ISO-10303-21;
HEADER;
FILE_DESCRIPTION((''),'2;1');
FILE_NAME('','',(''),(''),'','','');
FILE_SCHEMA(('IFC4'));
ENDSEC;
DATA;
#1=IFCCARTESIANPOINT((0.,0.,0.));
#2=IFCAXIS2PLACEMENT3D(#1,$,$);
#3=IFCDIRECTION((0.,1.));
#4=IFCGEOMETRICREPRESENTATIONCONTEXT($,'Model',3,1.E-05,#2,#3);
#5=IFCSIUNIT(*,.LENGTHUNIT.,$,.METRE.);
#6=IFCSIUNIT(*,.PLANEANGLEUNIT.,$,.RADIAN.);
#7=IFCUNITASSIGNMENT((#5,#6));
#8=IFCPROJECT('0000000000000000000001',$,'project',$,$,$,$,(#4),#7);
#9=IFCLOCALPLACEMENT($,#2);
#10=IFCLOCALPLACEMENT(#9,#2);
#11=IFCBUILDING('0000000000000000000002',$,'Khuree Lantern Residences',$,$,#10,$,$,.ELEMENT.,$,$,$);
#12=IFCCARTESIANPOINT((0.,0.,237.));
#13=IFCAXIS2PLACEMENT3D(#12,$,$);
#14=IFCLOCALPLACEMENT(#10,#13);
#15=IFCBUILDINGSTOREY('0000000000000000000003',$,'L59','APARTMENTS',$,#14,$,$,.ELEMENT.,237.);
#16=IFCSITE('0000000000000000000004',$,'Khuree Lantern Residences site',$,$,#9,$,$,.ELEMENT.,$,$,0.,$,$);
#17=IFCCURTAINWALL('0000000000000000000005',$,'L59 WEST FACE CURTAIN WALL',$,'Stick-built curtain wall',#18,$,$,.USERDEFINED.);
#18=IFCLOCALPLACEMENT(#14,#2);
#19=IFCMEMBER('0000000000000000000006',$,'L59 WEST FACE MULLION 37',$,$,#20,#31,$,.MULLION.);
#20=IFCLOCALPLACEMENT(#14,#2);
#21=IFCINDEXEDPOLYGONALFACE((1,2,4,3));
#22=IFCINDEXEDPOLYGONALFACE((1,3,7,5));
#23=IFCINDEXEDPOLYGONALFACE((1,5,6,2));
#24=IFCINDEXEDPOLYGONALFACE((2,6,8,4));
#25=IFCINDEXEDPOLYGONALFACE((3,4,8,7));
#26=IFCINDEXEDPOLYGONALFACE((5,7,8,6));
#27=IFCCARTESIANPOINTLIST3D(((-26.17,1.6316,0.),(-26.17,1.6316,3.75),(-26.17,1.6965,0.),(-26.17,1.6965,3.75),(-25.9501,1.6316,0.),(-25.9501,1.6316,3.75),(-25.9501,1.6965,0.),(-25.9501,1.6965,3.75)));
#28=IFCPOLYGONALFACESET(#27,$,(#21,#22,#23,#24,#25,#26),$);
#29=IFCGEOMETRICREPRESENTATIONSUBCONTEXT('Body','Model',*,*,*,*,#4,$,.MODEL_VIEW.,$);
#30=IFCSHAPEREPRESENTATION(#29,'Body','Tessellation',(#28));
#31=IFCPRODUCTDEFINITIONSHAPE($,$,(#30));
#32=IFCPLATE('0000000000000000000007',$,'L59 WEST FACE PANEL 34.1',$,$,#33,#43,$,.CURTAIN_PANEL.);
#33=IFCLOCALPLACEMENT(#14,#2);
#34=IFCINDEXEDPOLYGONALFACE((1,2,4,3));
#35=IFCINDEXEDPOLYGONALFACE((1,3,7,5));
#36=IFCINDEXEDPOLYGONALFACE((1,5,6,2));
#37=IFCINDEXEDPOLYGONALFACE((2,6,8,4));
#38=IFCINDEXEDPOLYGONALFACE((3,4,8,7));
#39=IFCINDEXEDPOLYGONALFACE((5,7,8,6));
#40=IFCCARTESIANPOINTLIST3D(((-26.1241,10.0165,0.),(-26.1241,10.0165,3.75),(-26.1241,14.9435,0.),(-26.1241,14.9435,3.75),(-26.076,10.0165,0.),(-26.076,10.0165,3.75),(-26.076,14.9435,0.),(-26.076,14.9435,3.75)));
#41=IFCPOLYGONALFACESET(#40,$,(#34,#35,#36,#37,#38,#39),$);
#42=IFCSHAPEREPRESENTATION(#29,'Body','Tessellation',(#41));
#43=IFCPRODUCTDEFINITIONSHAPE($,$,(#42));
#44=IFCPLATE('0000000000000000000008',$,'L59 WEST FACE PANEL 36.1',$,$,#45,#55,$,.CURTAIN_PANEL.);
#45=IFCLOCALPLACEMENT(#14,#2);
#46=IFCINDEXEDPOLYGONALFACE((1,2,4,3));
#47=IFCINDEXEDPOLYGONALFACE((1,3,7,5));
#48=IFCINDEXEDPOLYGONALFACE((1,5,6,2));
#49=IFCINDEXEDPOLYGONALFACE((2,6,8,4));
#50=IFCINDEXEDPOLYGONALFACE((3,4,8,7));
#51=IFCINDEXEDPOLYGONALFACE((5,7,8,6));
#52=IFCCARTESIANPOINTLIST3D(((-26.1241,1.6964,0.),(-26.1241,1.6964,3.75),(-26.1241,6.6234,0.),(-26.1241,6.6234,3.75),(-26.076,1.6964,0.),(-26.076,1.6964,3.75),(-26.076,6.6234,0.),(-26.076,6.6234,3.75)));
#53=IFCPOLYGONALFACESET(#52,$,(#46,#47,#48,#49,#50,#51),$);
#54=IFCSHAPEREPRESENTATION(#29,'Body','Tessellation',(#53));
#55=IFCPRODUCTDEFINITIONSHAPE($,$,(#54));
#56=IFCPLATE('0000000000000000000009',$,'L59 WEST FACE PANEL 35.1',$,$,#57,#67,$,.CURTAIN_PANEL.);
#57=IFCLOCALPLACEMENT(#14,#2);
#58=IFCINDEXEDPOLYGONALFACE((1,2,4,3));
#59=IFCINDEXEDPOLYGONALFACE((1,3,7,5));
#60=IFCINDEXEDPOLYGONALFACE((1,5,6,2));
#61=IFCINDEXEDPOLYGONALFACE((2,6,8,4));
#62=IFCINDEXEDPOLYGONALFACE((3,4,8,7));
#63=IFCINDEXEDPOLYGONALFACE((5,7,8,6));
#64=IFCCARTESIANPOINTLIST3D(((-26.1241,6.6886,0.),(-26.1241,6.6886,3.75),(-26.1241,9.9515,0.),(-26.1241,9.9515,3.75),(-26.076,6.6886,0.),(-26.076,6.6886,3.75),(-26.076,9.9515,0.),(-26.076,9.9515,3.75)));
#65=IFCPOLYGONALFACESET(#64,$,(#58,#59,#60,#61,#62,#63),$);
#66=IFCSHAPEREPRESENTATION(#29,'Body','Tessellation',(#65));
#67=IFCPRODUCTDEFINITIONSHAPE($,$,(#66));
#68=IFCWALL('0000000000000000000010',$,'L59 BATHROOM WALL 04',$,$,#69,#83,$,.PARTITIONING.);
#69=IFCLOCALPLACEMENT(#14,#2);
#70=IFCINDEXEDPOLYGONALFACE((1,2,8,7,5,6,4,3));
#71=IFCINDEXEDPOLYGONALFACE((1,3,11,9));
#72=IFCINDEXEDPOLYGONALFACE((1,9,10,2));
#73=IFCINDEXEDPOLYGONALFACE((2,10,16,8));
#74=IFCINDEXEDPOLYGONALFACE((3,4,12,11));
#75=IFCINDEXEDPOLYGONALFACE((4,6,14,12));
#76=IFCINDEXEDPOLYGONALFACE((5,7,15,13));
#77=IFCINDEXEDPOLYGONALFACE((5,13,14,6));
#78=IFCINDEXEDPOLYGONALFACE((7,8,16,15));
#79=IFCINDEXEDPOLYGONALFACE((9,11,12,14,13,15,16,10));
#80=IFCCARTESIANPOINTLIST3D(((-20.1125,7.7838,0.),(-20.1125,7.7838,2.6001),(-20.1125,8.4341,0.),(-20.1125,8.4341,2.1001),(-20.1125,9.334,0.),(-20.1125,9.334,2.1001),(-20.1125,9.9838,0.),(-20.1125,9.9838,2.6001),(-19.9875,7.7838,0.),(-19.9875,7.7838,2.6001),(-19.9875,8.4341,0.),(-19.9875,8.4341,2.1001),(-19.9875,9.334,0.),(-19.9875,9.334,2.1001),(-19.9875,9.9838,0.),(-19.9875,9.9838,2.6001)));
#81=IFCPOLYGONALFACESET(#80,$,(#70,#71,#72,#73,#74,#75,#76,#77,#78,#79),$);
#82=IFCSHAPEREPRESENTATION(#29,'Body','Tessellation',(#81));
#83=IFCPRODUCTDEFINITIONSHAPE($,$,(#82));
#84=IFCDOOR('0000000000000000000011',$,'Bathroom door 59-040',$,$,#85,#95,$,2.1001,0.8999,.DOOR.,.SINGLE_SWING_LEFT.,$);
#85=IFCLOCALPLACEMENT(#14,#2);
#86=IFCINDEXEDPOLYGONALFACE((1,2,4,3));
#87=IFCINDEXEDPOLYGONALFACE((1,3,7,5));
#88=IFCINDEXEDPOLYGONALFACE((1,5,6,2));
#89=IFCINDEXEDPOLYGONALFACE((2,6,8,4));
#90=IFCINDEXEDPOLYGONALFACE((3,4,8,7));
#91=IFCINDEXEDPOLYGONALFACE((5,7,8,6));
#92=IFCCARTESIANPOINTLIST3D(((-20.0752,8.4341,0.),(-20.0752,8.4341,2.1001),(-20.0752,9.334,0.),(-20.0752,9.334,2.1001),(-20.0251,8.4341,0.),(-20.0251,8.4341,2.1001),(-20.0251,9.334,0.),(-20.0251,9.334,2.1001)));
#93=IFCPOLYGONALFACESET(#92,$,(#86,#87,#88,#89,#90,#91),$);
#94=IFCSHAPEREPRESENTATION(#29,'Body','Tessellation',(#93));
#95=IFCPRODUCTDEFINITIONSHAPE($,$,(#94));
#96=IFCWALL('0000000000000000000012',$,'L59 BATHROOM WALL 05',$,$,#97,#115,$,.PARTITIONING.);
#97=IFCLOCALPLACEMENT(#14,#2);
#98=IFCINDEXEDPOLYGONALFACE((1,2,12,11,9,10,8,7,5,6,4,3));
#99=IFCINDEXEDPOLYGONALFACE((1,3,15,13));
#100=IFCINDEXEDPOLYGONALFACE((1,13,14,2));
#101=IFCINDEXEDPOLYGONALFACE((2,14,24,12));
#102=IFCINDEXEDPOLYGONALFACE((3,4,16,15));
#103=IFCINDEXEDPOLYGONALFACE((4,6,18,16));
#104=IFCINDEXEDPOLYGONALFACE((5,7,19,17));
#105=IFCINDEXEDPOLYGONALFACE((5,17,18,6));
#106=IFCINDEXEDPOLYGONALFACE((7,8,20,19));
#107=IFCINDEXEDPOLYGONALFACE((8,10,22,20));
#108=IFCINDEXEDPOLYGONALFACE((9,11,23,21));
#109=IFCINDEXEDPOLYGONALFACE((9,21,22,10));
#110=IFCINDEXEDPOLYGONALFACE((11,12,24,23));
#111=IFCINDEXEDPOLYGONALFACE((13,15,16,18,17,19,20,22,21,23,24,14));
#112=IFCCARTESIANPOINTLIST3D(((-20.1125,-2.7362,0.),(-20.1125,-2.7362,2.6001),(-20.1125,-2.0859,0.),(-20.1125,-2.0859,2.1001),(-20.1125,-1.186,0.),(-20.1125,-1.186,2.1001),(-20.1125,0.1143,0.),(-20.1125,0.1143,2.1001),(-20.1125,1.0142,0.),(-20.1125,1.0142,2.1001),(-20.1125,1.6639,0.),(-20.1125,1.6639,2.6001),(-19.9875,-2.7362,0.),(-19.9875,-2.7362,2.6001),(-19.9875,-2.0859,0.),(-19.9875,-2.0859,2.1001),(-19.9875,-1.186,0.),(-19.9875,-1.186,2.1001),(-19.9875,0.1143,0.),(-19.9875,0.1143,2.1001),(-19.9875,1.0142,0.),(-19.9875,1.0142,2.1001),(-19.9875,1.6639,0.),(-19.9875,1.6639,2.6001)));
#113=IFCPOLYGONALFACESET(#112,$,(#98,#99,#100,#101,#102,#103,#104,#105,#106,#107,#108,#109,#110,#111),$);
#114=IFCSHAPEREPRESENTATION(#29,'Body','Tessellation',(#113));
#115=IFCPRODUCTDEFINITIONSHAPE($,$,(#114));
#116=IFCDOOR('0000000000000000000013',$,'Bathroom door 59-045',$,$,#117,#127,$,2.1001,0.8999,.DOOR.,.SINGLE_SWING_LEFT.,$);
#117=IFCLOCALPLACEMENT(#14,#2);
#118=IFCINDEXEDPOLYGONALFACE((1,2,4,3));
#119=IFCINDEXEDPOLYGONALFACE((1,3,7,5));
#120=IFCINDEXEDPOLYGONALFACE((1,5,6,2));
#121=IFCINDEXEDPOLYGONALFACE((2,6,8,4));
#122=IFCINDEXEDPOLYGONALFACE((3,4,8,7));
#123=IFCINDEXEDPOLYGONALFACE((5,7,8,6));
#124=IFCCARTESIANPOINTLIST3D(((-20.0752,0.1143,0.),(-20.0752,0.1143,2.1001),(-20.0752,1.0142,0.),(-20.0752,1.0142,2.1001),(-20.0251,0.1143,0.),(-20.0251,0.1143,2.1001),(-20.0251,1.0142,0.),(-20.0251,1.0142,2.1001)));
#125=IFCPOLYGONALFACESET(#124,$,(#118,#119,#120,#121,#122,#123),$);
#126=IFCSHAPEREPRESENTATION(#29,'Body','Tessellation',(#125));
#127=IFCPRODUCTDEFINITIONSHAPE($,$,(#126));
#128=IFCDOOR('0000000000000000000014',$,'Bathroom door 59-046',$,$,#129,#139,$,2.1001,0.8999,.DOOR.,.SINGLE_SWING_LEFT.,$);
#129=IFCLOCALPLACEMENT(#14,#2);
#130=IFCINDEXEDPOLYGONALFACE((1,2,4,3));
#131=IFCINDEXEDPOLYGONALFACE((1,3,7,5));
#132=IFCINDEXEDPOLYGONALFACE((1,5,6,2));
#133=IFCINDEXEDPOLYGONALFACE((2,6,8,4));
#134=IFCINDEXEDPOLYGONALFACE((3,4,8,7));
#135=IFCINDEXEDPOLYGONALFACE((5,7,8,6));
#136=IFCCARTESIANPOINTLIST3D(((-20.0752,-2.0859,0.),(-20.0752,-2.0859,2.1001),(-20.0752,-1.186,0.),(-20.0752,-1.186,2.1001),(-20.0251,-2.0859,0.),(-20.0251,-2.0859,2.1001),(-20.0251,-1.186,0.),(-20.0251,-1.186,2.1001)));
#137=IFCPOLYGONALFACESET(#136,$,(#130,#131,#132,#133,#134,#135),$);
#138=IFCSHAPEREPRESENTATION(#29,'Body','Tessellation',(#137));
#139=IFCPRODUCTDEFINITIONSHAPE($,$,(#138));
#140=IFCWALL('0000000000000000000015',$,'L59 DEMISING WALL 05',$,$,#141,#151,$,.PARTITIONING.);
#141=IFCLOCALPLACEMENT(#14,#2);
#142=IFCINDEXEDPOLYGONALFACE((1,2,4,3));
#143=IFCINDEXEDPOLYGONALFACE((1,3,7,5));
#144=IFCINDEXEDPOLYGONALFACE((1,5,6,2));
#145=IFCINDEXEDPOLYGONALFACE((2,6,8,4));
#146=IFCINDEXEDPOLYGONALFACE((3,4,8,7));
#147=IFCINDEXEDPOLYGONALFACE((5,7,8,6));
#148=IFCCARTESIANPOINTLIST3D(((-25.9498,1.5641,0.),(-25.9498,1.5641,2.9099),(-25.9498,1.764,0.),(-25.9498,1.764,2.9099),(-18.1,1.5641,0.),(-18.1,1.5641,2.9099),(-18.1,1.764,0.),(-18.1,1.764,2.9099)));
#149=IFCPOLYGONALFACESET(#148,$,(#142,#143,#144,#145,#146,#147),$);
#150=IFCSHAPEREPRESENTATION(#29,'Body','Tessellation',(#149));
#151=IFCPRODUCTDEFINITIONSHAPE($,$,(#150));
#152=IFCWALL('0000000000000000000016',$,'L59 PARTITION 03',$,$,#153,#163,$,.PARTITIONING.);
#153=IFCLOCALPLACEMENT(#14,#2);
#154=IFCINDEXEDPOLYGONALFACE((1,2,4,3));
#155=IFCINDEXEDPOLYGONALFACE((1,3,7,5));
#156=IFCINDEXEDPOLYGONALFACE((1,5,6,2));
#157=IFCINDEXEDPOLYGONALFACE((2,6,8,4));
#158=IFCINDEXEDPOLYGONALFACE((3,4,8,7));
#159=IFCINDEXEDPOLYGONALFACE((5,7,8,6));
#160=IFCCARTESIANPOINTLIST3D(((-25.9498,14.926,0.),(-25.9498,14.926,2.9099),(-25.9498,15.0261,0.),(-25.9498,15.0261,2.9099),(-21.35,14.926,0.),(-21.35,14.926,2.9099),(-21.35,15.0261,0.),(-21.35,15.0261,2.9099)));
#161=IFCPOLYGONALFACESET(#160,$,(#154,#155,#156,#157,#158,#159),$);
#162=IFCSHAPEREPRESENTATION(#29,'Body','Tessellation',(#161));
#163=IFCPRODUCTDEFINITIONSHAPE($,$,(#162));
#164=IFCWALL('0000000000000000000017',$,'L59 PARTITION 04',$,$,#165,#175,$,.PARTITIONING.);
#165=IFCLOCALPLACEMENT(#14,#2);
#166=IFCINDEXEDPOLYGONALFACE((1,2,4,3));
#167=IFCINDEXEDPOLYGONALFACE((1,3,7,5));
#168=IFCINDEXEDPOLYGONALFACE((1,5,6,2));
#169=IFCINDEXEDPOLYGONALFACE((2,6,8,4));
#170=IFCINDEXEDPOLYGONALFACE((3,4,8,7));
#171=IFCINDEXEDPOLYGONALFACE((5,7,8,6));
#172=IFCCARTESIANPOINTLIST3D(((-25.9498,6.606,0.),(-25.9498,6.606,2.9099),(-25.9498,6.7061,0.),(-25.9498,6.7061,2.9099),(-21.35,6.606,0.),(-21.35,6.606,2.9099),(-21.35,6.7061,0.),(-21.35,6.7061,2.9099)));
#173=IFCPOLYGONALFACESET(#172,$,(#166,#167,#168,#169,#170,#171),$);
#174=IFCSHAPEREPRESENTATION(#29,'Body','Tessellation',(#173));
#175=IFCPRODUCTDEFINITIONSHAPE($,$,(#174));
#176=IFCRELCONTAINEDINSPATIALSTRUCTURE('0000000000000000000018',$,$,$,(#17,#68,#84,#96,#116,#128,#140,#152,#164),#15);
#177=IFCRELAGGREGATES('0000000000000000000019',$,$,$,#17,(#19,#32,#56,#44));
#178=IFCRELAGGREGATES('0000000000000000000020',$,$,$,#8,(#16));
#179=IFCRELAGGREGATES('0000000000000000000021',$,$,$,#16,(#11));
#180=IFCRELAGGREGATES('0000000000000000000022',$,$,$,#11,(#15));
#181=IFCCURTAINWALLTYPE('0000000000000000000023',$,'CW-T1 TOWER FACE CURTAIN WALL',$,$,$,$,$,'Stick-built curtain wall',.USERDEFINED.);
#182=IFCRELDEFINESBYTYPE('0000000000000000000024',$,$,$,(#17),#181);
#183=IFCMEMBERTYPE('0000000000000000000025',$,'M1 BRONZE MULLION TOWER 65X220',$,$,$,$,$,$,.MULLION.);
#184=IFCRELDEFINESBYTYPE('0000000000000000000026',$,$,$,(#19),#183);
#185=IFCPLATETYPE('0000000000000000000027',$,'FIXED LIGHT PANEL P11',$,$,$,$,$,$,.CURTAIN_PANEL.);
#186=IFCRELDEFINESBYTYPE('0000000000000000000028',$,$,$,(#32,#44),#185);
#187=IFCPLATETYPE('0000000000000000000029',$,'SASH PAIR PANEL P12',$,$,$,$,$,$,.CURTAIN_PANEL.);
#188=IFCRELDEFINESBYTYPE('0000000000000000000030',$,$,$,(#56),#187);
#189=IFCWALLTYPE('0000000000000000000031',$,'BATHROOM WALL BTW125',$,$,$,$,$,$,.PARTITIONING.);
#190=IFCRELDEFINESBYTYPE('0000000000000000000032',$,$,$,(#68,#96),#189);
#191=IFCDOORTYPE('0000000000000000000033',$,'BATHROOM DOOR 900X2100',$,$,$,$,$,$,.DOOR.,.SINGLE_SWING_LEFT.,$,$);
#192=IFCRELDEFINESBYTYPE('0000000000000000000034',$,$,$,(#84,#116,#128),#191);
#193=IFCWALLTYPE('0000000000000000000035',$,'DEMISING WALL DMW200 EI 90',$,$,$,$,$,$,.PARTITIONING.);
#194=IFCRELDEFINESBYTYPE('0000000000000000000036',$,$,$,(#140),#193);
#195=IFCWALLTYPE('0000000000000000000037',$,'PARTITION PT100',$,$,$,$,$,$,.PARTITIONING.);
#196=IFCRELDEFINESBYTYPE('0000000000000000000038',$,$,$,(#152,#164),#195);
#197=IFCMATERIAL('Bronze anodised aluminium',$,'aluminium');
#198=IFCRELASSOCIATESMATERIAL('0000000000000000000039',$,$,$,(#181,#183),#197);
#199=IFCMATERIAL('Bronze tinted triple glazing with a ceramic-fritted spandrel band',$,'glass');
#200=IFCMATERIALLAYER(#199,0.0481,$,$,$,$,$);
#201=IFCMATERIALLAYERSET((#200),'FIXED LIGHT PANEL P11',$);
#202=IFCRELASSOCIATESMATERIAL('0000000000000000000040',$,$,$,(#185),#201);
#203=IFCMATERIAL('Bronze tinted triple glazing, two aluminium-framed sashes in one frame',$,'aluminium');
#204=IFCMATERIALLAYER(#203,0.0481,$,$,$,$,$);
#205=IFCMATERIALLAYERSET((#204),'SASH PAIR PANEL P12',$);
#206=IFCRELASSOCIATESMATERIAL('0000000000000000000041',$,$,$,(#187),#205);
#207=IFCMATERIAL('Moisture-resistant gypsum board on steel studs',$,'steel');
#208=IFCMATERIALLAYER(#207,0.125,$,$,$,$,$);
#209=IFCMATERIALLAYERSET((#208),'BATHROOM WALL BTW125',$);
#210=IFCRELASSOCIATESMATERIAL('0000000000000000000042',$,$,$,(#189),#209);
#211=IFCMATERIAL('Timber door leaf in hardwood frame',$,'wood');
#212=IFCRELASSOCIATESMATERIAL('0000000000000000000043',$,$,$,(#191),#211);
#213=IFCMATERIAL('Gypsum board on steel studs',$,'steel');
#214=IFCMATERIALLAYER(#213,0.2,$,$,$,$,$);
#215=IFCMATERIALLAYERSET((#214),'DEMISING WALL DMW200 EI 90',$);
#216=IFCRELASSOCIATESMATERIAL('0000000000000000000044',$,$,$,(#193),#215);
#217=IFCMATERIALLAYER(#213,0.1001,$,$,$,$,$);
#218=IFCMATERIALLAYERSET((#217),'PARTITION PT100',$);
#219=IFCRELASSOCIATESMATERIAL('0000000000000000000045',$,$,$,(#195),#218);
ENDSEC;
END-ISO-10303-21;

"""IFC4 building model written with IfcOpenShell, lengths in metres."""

from ifc_helpers import new_model, si_unit, direction, frame, frame_2d, origin, origin_2d, place, context, subcontext, project, spatial, rectangle, extrude, material, layer, layer_set, material_profile, profile_set, type_object, element, fill, aggregate, save


model = new_model("IFC4")

# Units and contexts
model_context = context("Model", 3, precision=1e-05, world=origin(), true_north=direction((0.0, 1.0)))
body_context = subcontext(model_context, "Body", "Model", "MODEL_VIEW")
ifc_project = project(units=[si_unit("LENGTHUNIT", "METRE"), si_unit("PLANEANGLEUNIT", "RADIAN")], contexts=[model_context])

# Site, building, storey
site_placement = place(None, origin())
site = spatial("IfcSite", under=ifc_project, at=site_placement, Name="Khuree Lantern Residences site", CompositionType="ELEMENT", RefElevation=0.0)
building_placement = place(site_placement, origin())
building = spatial("IfcBuilding", under=site, at=building_placement, Name="Khuree Lantern Residences", CompositionType="ELEMENT")
storey_placement = place(building_placement, frame((0.0, 0.0, 237.0)))
storey = spatial("IfcBuildingStorey", under=building, at=storey_placement, Name="L59", Description="APARTMENTS", CompositionType="ELEMENT", Elevation=237.0)

# Curtain wall
ifc_material_1 = material(Name="Bronze anodised aluminium", Category="aluminium")
curtain_wall_type = type_object("IfcCurtainWallType", Name="CW-T1 TOWER FACE CURTAIN WALL", ElementType="Stick-built curtain wall", PredefinedType="USERDEFINED", material=ifc_material_1)
curtain_wall_placement = place(storey_placement, origin())
curtain_wall = element("IfcCurtainWall", 1, at=curtain_wall_placement, inside=storey, type_object=curtain_wall_type, Name="L59 WEST FACE CURTAIN WALL", ObjectType="Stick-built curtain wall", PredefinedType="USERDEFINED")

# Member
ifc_material_profile_1 = material_profile(ifc_material_1, rectangle(XDim=0.0649, YDim=0.22, at=origin_2d()), Name="M1 65X220")
ifc_profile_set_1 = profile_set([ifc_material_profile_1], Name="Bronze anodised aluminium")
member_type_1 = type_object("IfcMemberType", Name="M1 BRONZE MULLION TOWER 65X220", PredefinedType="MULLION", material=ifc_profile_set_1)
member_1_placement = place(storey_placement, frame((-26.0601, 1.6641, 0.0), z_axis=(0.0, 0.0, 1.0), x_axis=(0.0, -1.0, 0.0)))
member_1 = element("IfcMember", 2, at=member_1_placement, type_object=member_type_1, Name="L59 WEST FACE MULLION 37", PredefinedType="MULLION", context=body_context, shape_type="SweptSolid", body=[
    extrude(rectangle(XDim=0.0649, YDim=0.22, at=origin_2d()), origin(), (0.0, 0.0, 1.0), 3.75),
])

# Plates
ifc_material_2 = material(Name="Bronze tinted triple glazing with a ceramic-fritted spandrel band", Category="glass")
ifc_layer_1 = layer(ifc_material_2, 0.0481)
ifc_layer_set_1 = layer_set([ifc_layer_1], Name="FIXED LIGHT PANEL P11")
plate_type_1 = type_object("IfcPlateType", Name="FIXED LIGHT PANEL P11", PredefinedType="CURTAIN_PANEL", material=ifc_layer_set_1)
plate_1_placement = place(storey_placement, frame((-26.1001, 12.48, 0.0), z_axis=(0.0, 0.0, 1.0), x_axis=(0.0, -1.0, 0.0)))
plate_1 = element("IfcPlate", 3, at=plate_1_placement, type_object=plate_type_1, Name="L59 WEST FACE PANEL 34.1", PredefinedType="CURTAIN_PANEL", context=body_context, shape_type="SweptSolid", body=[
    extrude(rectangle(XDim=4.927, YDim=0.0481, at=origin_2d()), origin(), (0.0, 0.0, 1.0), 3.75),
])
plate_2_placement = place(storey_placement, frame((-26.1001, 4.1599, 0.0), z_axis=(0.0, 0.0, 1.0), x_axis=(0.0, -1.0, 0.0)))
plate_2 = element("IfcPlate", 4, at=plate_2_placement, type_object=plate_type_1, Name="L59 WEST FACE PANEL 36.1", PredefinedType="CURTAIN_PANEL", context=body_context, shape_type="SweptSolid", body=[
    extrude(rectangle(XDim=4.927, YDim=0.0481, at=origin_2d()), origin(), (0.0, 0.0, 1.0), 3.75),
])
ifc_material_3 = material(Name="Bronze tinted triple glazing, two aluminium-framed sashes in one frame", Category="aluminium")
ifc_layer_2 = layer(ifc_material_3, 0.0481)
ifc_layer_set_2 = layer_set([ifc_layer_2], Name="SASH PAIR PANEL P12")
plate_type_2 = type_object("IfcPlateType", Name="SASH PAIR PANEL P12", PredefinedType="CURTAIN_PANEL", material=ifc_layer_set_2)
plate_3_placement = place(storey_placement, frame((-26.1001, 8.3201, 0.0), z_axis=(0.0, 0.0, 1.0), x_axis=(0.0, -1.0, 0.0)))
plate_3 = element("IfcPlate", 5, at=plate_3_placement, type_object=plate_type_2, Name="L59 WEST FACE PANEL 35.1", PredefinedType="CURTAIN_PANEL", context=body_context, shape_type="SweptSolid", body=[
    extrude(rectangle(XDim=3.2629, YDim=0.0481, at=origin_2d()), origin(), (0.0, 0.0, 1.0), 3.75),
])
aggregate(curtain_wall, [member_1, plate_1, plate_3, plate_2])

# Wall, opening, door
ifc_material_4 = material(Name="Moisture-resistant gypsum board on steel studs", Category="steel")
ifc_layer_3 = layer(ifc_material_4, 0.125)
ifc_layer_set_3 = layer_set([ifc_layer_3], Name="BATHROOM WALL BTW125")
wall_type_1 = type_object("IfcWallType", Name="BATHROOM WALL BTW125", PredefinedType="PARTITIONING", material=ifc_layer_set_3)
wall_1_placement = place(storey_placement, frame((-20.05, 9.9839, 0.0), z_axis=(0.0, 0.0, 1.0), x_axis=(0.0, -1.0, 0.0)))
wall_1 = element("IfcWall", 6, at=wall_1_placement, inside=storey, type_object=wall_type_1, Name="L59 BATHROOM WALL 04", PredefinedType="PARTITIONING", context=body_context, shape_type="SweptSolid", body=[
    extrude(rectangle(XDim=2.2, YDim=0.125, at=frame_2d((1.1001, 0.0))), origin(), (0.0, 0.0, 1.0), 2.6001),
])
opening_1_placement = place(wall_1_placement, frame((0.6499, 0.0, 0.0)))
opening_1 = element("IfcOpeningElement", 7, at=opening_1_placement, cuts=wall_1, PredefinedType="OPENING", context=body_context, shape_type="SweptSolid", body=[
    extrude(rectangle(XDim=0.8999, YDim=2.1001, at=frame_2d((0.45, 1.05))), frame((0.0, 0.0725, 0.0), z_axis=(0.0, -1.0, 0.0), x_axis=(1.0, 0.0, 0.0)), (0.0, 0.0, 1.0), 0.145),
])
ifc_material_5 = material(Name="Timber door leaf in hardwood frame", Category="wood")
door_type_1 = type_object("IfcDoorType", Name="BATHROOM DOOR 900X2100", OperationType="SINGLE_SWING_LEFT", PredefinedType="DOOR", material=ifc_material_5)
door_1_placement = place(opening_1_placement, origin())
door_1 = element("IfcDoor", 8, at=door_1_placement, inside=storey, type_object=door_type_1, Name="Bathroom door 59-040", OperationType="SINGLE_SWING_LEFT", OverallHeight=2.1001, OverallWidth=0.8999, PredefinedType="DOOR", context=body_context, shape_type="SweptSolid", body=[
    extrude(rectangle(XDim=0.8999, YDim=2.1001, at=frame_2d((0.45, 1.05))), frame((0.0, 0.0249, 0.0), z_axis=(0.0, -1.0, 0.0), x_axis=(1.0, 0.0, 0.0)), (0.0, 0.0, 1.0), 0.05),
])
fill(opening_1, door_1)

# Wall, openings, doors
wall_2_placement = place(storey_placement, frame((-20.05, 1.6641, 0.0), z_axis=(0.0, 0.0, 1.0), x_axis=(0.0, -1.0, 0.0)))
wall_2 = element("IfcWall", 9, at=wall_2_placement, inside=storey, type_object=wall_type_1, Name="L59 BATHROOM WALL 05", PredefinedType="PARTITIONING", context=body_context, shape_type="SweptSolid", body=[
    extrude(rectangle(XDim=4.4001, YDim=0.125, at=frame_2d((2.2002, 0.0))), origin(), (0.0, 0.0, 1.0), 2.6001),
])
opening_2_placement = place(wall_2_placement, frame((0.6499, 0.0, 0.0)))
opening_2 = element("IfcOpeningElement", 10, at=opening_2_placement, cuts=wall_2, PredefinedType="OPENING", context=body_context, shape_type="SweptSolid", body=[
    extrude(rectangle(XDim=0.8999, YDim=2.1001, at=frame_2d((0.45, 1.05))), frame((0.0, 0.0725, 0.0), z_axis=(0.0, -1.0, 0.0), x_axis=(1.0, 0.0, 0.0)), (0.0, 0.0, 1.0), 0.145),
])
opening_3_placement = place(wall_2_placement, frame((2.8501, 0.0, 0.0)))
opening_3 = element("IfcOpeningElement", 11, at=opening_3_placement, cuts=wall_2, PredefinedType="OPENING", context=body_context, shape_type="SweptSolid", body=[
    extrude(rectangle(XDim=0.8999, YDim=2.1001, at=frame_2d((0.45, 1.05))), frame((0.0, 0.0725, 0.0), z_axis=(0.0, -1.0, 0.0), x_axis=(1.0, 0.0, 0.0)), (0.0, 0.0, 1.0), 0.145),
])
door_2_placement = place(opening_2_placement, origin())
door_2 = element("IfcDoor", 12, at=door_2_placement, inside=storey, type_object=door_type_1, Name="Bathroom door 59-045", OperationType="SINGLE_SWING_LEFT", OverallHeight=2.1001, OverallWidth=0.8999, PredefinedType="DOOR", context=body_context, shape_type="SweptSolid", body=[
    extrude(rectangle(XDim=0.8999, YDim=2.1001, at=frame_2d((0.45, 1.05))), frame((0.0, 0.0249, 0.0), z_axis=(0.0, -1.0, 0.0), x_axis=(1.0, 0.0, 0.0)), (0.0, 0.0, 1.0), 0.05),
])
fill(opening_2, door_2)
door_3_placement = place(opening_3_placement, origin())
door_3 = element("IfcDoor", 13, at=door_3_placement, inside=storey, type_object=door_type_1, Name="Bathroom door 59-046", OperationType="SINGLE_SWING_LEFT", OverallHeight=2.1001, OverallWidth=0.8999, PredefinedType="DOOR", context=body_context, shape_type="SweptSolid", body=[
    extrude(rectangle(XDim=0.8999, YDim=2.1001, at=frame_2d((0.45, 1.05))), frame((0.0, 0.0249, 0.0), z_axis=(0.0, -1.0, 0.0), x_axis=(1.0, 0.0, 0.0)), (0.0, 0.0, 1.0), 0.05),
])
fill(opening_3, door_3)

# Walls
ifc_material_6 = material(Name="Gypsum board on steel studs", Category="steel")
ifc_layer_4 = layer(ifc_material_6, 0.2)
ifc_layer_set_4 = layer_set([ifc_layer_4], Name="DEMISING WALL DMW200 EI 90")
wall_type_2 = type_object("IfcWallType", Name="DEMISING WALL DMW200 EI 90", PredefinedType="PARTITIONING", material=ifc_layer_set_4)
wall_3_placement = place(storey_placement, frame((-18.1001, 1.6641, 0.0), z_axis=(0.0, 0.0, 1.0), x_axis=(-1.0, 0.0, 0.0)))
element("IfcWall", 14, at=wall_3_placement, inside=storey, type_object=wall_type_2, Name="L59 DEMISING WALL 05", PredefinedType="PARTITIONING", context=body_context, shape_type="SweptSolid", body=[
    extrude(rectangle(XDim=7.8499, YDim=0.2, at=frame_2d((3.9248, 0.0))), origin(), (0.0, 0.0, 1.0), 2.9099),
])
ifc_layer_5 = layer(ifc_material_6, 0.1001)
ifc_layer_set_5 = layer_set([ifc_layer_5], Name="PARTITION PT100")
wall_type_3 = type_object("IfcWallType", Name="PARTITION PT100", PredefinedType="PARTITIONING", material=ifc_layer_set_5)
for number, where, z_axis, x_axis, name in (
    (15, (-21.3501, 14.9761, 0.0), (0.0, 0.0, 1.0), (-1.0, 0.0, 0.0), "L59 PARTITION 03"),
    (16, (-21.3501, 6.656, 0.0), (0.0, 0.0, 1.0), (-1.0, 0.0, 0.0), "L59 PARTITION 04"),
):
    element("IfcWall", number, at=place(storey_placement, frame(where, z_axis=z_axis, x_axis=x_axis)), inside=storey, type_object=wall_type_3, Name=name, PredefinedType="PARTITIONING", context=body_context, shape_type="SweptSolid", body=[
        extrude(rectangle(XDim=4.5999, YDim=0.1001, at=frame_2d((2.2998, 0.0))), origin(), (0.0, 0.0, 1.0), 2.9099),
    ])

save(model, "model.ifc")
